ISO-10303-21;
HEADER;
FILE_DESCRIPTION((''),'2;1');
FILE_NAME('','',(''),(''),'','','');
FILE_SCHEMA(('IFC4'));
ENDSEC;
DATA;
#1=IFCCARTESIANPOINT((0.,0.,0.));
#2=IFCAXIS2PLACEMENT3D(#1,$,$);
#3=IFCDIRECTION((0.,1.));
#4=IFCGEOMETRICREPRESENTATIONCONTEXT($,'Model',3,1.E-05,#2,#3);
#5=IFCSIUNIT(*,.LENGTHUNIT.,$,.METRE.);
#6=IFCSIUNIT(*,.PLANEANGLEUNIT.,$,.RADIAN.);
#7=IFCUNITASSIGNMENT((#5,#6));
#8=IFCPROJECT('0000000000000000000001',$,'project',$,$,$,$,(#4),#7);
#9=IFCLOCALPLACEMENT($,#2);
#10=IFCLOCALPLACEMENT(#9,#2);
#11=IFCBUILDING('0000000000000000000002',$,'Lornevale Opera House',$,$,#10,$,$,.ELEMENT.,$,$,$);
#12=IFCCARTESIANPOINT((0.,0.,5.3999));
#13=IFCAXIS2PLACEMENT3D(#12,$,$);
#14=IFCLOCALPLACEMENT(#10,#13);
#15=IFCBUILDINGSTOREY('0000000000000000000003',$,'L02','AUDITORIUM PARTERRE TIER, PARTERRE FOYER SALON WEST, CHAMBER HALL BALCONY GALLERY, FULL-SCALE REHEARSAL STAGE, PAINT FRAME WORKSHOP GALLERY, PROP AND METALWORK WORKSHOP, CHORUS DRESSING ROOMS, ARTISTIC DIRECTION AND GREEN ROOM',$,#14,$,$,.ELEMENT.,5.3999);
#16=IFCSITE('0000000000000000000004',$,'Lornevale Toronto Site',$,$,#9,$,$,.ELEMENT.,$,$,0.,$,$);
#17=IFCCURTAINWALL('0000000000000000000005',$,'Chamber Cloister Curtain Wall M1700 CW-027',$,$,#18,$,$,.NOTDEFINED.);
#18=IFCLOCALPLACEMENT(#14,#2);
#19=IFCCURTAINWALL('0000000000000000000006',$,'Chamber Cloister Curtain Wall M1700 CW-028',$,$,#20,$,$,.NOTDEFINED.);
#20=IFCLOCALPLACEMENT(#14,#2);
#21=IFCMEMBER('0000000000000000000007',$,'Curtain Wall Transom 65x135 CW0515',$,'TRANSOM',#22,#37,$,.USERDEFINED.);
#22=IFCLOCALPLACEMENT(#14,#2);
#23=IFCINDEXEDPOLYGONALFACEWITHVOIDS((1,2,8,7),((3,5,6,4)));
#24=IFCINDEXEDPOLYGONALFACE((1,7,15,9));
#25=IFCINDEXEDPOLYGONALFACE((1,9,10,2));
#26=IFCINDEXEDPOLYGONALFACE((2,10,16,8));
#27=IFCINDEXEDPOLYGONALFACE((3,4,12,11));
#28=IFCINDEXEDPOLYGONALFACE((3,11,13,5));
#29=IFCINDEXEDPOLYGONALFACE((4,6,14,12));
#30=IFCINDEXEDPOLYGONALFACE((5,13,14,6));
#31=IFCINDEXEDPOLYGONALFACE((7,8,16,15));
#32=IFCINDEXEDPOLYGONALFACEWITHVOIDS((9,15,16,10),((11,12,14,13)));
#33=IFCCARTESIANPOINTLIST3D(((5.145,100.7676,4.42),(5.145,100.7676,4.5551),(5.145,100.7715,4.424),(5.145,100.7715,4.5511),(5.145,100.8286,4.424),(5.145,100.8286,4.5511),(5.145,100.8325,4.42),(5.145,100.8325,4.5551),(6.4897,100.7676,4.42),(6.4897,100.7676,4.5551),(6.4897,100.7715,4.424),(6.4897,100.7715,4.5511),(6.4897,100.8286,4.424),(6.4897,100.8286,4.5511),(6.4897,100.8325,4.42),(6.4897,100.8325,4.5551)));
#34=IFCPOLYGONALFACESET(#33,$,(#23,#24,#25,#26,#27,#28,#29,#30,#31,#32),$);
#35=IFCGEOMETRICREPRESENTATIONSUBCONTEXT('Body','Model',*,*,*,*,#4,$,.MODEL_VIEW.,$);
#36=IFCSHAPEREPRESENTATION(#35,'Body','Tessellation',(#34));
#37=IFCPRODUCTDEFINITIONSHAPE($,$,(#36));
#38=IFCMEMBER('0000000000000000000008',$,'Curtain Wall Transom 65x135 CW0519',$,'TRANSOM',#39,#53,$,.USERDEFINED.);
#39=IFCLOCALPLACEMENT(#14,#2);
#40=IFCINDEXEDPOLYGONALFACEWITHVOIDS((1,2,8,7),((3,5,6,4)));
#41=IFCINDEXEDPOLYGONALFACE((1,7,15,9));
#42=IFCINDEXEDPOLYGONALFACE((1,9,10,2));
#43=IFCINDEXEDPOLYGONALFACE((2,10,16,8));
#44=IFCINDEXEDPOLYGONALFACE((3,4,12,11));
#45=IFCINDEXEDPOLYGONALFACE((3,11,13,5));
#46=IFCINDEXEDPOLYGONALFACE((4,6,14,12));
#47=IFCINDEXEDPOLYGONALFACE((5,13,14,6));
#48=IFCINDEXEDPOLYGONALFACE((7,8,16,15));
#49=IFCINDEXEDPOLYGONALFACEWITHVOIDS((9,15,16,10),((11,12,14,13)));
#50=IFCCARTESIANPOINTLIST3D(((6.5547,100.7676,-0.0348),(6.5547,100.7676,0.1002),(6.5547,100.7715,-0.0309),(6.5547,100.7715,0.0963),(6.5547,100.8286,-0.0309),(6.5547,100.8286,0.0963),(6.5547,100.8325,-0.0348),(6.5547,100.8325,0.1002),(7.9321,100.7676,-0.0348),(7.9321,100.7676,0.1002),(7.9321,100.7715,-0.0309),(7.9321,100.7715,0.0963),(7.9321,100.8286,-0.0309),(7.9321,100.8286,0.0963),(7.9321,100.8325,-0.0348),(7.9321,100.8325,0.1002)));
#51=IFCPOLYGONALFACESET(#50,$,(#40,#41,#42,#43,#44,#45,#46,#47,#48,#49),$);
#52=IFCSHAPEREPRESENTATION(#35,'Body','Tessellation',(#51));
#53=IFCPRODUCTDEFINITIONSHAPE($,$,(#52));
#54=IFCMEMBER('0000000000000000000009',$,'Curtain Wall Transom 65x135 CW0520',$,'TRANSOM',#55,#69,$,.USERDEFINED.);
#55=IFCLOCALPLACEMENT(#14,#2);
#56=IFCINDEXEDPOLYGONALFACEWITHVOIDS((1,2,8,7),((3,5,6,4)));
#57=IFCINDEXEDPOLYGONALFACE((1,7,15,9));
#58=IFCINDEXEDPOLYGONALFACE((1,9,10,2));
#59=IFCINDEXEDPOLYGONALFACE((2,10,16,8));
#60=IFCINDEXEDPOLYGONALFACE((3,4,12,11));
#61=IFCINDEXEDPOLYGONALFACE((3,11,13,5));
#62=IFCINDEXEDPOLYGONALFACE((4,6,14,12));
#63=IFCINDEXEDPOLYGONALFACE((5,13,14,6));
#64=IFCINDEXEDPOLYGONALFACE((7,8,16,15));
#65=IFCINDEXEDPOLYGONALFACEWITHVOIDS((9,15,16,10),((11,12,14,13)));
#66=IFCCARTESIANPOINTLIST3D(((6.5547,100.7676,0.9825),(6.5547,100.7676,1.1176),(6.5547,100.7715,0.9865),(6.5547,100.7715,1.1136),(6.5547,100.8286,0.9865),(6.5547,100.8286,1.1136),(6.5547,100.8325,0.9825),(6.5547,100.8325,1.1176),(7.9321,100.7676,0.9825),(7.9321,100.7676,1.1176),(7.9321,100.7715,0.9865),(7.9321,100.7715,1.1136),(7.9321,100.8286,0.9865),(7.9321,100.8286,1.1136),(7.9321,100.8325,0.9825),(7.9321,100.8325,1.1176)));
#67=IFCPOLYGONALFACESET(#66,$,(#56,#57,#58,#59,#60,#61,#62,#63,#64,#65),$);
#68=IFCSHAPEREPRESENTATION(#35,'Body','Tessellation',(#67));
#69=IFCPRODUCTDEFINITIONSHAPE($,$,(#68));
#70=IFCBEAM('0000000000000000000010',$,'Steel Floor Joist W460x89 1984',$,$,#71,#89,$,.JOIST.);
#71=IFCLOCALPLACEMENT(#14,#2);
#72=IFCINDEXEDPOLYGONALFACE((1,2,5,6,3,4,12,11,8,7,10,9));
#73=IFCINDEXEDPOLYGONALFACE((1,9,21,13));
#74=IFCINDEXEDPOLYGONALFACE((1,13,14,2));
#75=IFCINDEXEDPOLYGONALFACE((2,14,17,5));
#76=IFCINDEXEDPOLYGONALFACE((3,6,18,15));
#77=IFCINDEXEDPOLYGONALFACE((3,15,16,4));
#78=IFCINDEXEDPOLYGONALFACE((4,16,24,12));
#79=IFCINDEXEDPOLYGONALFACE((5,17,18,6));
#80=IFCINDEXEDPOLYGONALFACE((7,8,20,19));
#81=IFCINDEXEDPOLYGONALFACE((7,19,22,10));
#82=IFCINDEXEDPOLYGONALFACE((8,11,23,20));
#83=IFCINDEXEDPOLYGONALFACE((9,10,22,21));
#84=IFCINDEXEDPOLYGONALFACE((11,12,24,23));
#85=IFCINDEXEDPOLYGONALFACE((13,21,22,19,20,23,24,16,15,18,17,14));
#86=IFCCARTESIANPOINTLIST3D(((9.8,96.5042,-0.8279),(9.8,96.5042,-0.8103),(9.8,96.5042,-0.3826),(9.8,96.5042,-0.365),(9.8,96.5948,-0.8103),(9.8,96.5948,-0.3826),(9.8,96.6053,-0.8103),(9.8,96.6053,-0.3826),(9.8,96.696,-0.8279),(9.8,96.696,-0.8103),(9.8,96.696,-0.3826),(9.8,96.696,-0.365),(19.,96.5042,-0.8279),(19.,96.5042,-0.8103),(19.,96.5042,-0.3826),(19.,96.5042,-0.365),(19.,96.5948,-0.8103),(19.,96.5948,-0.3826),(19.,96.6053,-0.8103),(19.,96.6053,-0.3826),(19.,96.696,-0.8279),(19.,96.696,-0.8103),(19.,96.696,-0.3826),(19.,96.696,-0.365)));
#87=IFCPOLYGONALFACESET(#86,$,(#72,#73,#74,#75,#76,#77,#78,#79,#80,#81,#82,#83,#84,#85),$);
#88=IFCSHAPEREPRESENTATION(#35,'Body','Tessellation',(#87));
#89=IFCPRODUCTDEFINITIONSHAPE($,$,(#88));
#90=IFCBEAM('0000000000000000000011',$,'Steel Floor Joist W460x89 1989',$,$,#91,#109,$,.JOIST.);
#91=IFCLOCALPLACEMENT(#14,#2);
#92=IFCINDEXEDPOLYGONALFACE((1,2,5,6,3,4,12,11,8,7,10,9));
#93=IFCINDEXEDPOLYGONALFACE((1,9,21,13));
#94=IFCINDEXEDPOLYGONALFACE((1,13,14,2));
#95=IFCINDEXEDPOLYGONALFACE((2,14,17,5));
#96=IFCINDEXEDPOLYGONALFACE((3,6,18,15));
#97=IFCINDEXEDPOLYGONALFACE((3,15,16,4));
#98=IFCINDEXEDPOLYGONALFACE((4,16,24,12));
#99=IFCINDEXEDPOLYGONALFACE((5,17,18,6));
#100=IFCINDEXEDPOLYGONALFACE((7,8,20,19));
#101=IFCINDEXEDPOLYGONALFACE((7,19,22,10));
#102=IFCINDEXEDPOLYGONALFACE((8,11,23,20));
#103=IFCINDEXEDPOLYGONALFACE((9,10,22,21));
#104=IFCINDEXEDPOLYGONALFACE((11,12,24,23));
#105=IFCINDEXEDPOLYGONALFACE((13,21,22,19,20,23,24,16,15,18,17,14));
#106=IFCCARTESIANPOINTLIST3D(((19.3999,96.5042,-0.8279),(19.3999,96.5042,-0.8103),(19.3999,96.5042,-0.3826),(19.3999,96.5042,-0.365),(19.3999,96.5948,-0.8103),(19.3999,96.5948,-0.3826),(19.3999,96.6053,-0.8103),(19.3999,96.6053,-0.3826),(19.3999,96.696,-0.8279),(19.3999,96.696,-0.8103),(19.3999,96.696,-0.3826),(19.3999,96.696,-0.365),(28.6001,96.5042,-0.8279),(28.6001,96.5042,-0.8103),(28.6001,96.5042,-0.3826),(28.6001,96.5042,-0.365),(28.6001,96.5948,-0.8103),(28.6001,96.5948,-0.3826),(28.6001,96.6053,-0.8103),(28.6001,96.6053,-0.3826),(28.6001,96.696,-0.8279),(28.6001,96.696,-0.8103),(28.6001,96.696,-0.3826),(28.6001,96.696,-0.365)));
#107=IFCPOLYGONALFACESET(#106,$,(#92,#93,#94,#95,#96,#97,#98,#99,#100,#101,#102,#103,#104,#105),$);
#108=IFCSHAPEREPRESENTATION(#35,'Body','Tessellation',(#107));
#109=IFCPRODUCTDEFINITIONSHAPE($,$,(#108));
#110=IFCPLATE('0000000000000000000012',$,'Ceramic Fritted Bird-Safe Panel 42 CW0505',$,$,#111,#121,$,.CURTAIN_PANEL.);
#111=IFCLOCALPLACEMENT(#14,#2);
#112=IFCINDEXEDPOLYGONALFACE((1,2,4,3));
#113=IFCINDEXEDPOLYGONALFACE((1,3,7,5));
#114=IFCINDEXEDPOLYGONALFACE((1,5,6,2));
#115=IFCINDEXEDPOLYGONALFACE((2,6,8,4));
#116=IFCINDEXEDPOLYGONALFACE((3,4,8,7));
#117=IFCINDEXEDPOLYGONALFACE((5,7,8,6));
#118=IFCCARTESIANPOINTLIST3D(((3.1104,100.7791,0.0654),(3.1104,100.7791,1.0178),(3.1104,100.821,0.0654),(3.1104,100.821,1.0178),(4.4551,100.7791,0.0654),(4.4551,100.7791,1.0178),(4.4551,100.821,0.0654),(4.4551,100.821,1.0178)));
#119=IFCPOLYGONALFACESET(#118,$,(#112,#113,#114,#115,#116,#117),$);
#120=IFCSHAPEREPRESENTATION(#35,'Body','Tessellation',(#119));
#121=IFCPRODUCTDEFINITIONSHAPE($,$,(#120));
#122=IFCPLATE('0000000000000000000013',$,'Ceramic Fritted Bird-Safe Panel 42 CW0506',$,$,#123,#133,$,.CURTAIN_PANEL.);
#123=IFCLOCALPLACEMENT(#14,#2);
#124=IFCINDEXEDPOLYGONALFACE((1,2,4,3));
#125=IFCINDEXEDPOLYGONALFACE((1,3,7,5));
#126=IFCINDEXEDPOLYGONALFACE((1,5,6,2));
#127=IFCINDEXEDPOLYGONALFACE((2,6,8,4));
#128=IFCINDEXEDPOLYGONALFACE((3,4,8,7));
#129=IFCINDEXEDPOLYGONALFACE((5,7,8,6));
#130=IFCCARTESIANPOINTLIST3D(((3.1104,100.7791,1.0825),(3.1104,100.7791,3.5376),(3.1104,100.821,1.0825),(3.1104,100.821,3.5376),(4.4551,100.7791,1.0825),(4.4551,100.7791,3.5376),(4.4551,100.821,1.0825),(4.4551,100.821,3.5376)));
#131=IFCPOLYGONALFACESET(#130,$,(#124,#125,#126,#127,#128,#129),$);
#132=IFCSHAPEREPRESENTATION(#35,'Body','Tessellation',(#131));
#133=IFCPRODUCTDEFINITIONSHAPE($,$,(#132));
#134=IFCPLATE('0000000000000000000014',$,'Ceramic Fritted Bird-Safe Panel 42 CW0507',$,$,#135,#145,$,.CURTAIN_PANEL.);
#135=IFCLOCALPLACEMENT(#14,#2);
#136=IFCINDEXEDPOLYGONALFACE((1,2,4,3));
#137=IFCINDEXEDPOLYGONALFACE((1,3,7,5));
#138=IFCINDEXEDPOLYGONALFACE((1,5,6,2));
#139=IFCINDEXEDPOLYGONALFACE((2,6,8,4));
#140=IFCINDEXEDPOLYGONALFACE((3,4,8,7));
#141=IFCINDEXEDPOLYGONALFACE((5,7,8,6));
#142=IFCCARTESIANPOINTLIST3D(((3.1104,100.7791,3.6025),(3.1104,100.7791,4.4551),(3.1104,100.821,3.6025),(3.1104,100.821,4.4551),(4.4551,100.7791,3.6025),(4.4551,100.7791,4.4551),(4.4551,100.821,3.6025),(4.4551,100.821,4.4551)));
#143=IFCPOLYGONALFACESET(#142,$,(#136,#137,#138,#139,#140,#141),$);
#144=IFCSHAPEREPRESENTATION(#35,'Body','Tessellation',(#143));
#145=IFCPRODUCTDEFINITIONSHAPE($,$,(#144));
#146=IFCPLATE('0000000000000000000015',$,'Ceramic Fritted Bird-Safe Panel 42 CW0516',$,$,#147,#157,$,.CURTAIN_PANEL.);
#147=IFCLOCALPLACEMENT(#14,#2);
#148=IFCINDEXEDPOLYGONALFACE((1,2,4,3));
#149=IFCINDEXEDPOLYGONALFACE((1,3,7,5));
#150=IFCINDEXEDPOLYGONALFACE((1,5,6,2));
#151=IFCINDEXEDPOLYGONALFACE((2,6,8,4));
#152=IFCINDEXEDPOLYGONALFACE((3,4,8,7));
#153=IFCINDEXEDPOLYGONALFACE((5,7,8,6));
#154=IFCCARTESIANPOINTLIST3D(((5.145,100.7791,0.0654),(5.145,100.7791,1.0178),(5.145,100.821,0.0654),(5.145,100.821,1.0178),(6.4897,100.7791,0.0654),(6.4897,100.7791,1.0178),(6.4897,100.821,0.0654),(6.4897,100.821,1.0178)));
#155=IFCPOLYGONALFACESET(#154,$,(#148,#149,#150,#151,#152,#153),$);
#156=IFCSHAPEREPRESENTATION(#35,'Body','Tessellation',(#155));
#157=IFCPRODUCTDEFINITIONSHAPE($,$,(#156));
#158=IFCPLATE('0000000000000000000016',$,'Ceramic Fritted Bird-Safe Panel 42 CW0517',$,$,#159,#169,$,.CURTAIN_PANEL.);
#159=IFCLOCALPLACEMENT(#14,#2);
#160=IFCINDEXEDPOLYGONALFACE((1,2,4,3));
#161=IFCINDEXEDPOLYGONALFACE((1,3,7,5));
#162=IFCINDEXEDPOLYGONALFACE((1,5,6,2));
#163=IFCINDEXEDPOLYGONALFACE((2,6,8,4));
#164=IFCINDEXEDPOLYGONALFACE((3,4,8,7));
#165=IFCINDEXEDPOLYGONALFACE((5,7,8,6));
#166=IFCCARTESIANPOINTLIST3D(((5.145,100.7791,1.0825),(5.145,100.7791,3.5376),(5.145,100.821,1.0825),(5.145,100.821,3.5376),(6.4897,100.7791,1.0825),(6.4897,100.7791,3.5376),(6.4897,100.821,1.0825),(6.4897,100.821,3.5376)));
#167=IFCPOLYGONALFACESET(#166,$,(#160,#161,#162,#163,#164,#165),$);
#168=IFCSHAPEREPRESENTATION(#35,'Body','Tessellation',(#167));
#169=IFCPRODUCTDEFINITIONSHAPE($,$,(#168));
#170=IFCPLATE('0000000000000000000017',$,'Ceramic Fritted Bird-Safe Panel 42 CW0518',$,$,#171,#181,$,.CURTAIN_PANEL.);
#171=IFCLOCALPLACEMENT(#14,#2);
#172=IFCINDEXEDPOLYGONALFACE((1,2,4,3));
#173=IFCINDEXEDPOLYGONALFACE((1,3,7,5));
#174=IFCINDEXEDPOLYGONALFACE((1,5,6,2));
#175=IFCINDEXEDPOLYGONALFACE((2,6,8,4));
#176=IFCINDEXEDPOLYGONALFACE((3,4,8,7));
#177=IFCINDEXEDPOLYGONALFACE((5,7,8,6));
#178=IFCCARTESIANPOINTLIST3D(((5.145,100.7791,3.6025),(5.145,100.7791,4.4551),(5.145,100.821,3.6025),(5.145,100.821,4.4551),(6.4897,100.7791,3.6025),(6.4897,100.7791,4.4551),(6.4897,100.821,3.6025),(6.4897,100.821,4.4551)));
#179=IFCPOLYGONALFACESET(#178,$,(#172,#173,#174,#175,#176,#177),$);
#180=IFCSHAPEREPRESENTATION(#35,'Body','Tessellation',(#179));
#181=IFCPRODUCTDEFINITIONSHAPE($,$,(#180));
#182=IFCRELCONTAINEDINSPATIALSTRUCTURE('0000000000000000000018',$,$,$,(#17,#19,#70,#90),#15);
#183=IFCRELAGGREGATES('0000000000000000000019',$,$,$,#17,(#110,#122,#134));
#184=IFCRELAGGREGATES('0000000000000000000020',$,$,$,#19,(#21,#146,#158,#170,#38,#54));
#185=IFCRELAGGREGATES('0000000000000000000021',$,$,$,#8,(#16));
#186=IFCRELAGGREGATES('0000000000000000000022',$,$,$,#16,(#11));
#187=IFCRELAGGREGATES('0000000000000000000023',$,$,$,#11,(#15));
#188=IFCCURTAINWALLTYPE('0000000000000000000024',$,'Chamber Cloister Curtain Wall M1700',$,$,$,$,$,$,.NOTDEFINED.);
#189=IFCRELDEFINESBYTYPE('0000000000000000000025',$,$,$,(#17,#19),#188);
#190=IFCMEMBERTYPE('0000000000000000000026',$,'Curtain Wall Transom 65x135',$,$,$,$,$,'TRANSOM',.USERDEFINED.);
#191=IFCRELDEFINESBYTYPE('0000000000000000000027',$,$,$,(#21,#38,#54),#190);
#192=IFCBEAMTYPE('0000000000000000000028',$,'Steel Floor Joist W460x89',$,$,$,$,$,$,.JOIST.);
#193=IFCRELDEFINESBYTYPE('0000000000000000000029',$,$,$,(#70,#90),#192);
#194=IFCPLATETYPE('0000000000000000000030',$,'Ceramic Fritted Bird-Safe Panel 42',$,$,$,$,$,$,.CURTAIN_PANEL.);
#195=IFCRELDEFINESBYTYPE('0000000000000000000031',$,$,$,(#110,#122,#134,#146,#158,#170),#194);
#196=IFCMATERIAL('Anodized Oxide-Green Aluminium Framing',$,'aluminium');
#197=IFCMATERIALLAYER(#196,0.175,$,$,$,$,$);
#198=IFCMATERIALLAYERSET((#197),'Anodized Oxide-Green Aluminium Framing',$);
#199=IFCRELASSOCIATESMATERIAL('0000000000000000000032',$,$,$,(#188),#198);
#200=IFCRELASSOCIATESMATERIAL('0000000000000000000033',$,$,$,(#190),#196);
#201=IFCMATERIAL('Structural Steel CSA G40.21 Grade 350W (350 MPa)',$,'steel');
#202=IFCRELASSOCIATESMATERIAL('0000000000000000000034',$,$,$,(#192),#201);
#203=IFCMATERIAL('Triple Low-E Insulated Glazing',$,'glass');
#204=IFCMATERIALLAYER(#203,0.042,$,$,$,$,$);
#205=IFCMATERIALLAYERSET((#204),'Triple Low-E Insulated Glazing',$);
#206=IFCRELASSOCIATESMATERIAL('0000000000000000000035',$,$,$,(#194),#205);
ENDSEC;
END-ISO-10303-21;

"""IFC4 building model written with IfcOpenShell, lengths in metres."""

from ifc_helpers import new_model, si_unit, direction, frame, origin, origin_2d, place, context, subcontext, project, spatial, rectangle, hollow_rectangle, i_section, extrude, material, layer, layer_set, material_profile, profile_set, type_object, element, aggregate, save


model = new_model("IFC4")

# Units and contexts
model_context = context("Model", 3, precision=1e-05, world=origin(), true_north=direction((0.0, 1.0)))
body_context = subcontext(model_context, "Body", "Model", "MODEL_VIEW")
ifc_project = project(units=[si_unit("LENGTHUNIT", "METRE"), si_unit("PLANEANGLEUNIT", "RADIAN")], contexts=[model_context])

# Site, building, storey
site_placement = place(None, origin())
site = spatial("IfcSite", under=ifc_project, at=site_placement, Name="Lornevale Toronto Site", CompositionType="ELEMENT", RefElevation=0.0)
building_placement = place(site_placement, origin())
building = spatial("IfcBuilding", under=site, at=building_placement, Name="Lornevale Opera House", CompositionType="ELEMENT")
storey_placement = place(building_placement, frame((0.0, 0.0, 5.3999)))
storey = spatial("IfcBuildingStorey", under=building, at=storey_placement, Name="L02", Description="AUDITORIUM PARTERRE TIER, PARTERRE FOYER SALON WEST, CHAMBER HALL BALCONY GALLERY, FULL-SCALE REHEARSAL STAGE, PAINT FRAME WORKSHOP GALLERY, PROP AND METALWORK WORKSHOP, CHORUS DRESSING ROOMS, ARTISTIC DIRECTION AND GREEN ROOM", CompositionType="ELEMENT", Elevation=5.3999)

# Curtain wall
ifc_material_1 = material(Name="Anodized Oxide-Green Aluminium Framing", Category="aluminium")
ifc_layer_1 = layer(ifc_material_1, 0.175)
ifc_layer_set_1 = layer_set([ifc_layer_1], Name="Anodized Oxide-Green Aluminium Framing")
curtain_wall_type = type_object("IfcCurtainWallType", Name="Chamber Cloister Curtain Wall M1700", PredefinedType="NOTDEFINED", material=ifc_layer_set_1)
curtain_wall_1_placement = place(storey_placement, origin())
curtain_wall_1 = element("IfcCurtainWall", 1, at=curtain_wall_1_placement, inside=storey, type_object=curtain_wall_type, Name="Chamber Cloister Curtain Wall M1700 CW-027", PredefinedType="NOTDEFINED")

# Curtain wall
curtain_wall_2_placement = place(storey_placement, origin())
curtain_wall_2 = element("IfcCurtainWall", 2, at=curtain_wall_2_placement, inside=storey, type_object=curtain_wall_type, Name="Chamber Cloister Curtain Wall M1700 CW-028", PredefinedType="NOTDEFINED")

# Members
ifc_material_profile_1 = material_profile(ifc_material_1, hollow_rectangle(XDim=0.0649, YDim=0.135, WallThickness=0.0039, at=origin_2d()), Name="ALU65x135x4")
ifc_profile_set_1 = profile_set([ifc_material_profile_1], Name="Anodized Oxide-Green Aluminium Framing")
member_type_1 = type_object("IfcMemberType", Name="Curtain Wall Transom 65x135", ElementType="TRANSOM", PredefinedType="USERDEFINED", material=ifc_profile_set_1)
member_1_placement = place(storey_placement, frame((5.145, 100.8, 4.4875), z_axis=(1.0, 0.0, 0.0), x_axis=(0.0, 1.0, 0.0)))
member_1 = element("IfcMember", 3, at=member_1_placement, type_object=member_type_1, Name="Curtain Wall Transom 65x135 CW0515", ObjectType="TRANSOM", PredefinedType="USERDEFINED", context=body_context, shape_type="SweptSolid", body=[
    extrude(hollow_rectangle(XDim=0.0649, YDim=0.135, WallThickness=0.0039, at=origin_2d()), origin(), (0.0, 0.0, 1.0), 1.3447),
])
member_2_placement = place(storey_placement, frame((6.5547, 100.8, 0.0327), z_axis=(1.0, 0.0, 0.0), x_axis=(0.0, 1.0, 0.0)))
member_2 = element("IfcMember", 4, at=member_2_placement, type_object=member_type_1, Name="Curtain Wall Transom 65x135 CW0519", ObjectType="TRANSOM", PredefinedType="USERDEFINED", context=body_context, shape_type="SweptSolid", body=[
    extrude(hollow_rectangle(XDim=0.0649, YDim=0.135, WallThickness=0.0039, at=origin_2d()), origin(), (0.0, 0.0, 1.0), 1.3774),
])
member_3_placement = place(storey_placement, frame((6.5547, 100.8, 1.05), z_axis=(1.0, 0.0, 0.0), x_axis=(0.0, 1.0, 0.0)))
member_3 = element("IfcMember", 5, at=member_3_placement, type_object=member_type_1, Name="Curtain Wall Transom 65x135 CW0520", ObjectType="TRANSOM", PredefinedType="USERDEFINED", context=body_context, shape_type="SweptSolid", body=[
    extrude(hollow_rectangle(XDim=0.0649, YDim=0.135, WallThickness=0.0039, at=origin_2d()), origin(), (0.0, 0.0, 1.0), 1.3774),
])

# Beams
ifc_material_2 = material(Name="Structural Steel CSA G40.21 Grade 350W (350 MPa)", Category="steel")
ifc_material_profile_2 = material_profile(ifc_material_2, i_section(OverallWidth=0.1919, OverallDepth=0.4629, WebThickness=0.0105, FlangeThickness=0.0176, at=origin_2d()), Name="W460x89")
ifc_profile_set_2 = profile_set([ifc_material_profile_2], Name="Structural Steel CSA G40.21 Grade 350W (350 MPa)")
beam_type_1 = type_object("IfcBeamType", Name="Steel Floor Joist W460x89", PredefinedType="JOIST", material=ifc_profile_set_2)
beam_1_placement = place(storey_placement, frame((9.8, 96.6001, -0.5964), z_axis=(1.0, 0.0, 0.0), x_axis=(0.0, 1.0, 0.0)))
element("IfcBeam", 6, at=beam_1_placement, inside=storey, type_object=beam_type_1, Name="Steel Floor Joist W460x89 1984", PredefinedType="JOIST", context=body_context, shape_type="SweptSolid", body=[
    extrude(i_section(OverallWidth=0.1919, OverallDepth=0.4629, WebThickness=0.0105, FlangeThickness=0.0176, at=origin_2d()), origin(), (0.0, 0.0, 1.0), 9.2),
])
beam_2_placement = place(storey_placement, frame((19.3999, 96.6001, -0.5964), z_axis=(1.0, 0.0, 0.0), x_axis=(0.0, 1.0, 0.0)))
element("IfcBeam", 7, at=beam_2_placement, inside=storey, type_object=beam_type_1, Name="Steel Floor Joist W460x89 1989", PredefinedType="JOIST", context=body_context, shape_type="SweptSolid", body=[
    extrude(i_section(OverallWidth=0.1919, OverallDepth=0.4629, WebThickness=0.0105, FlangeThickness=0.0176, at=origin_2d()), origin(), (0.0, 0.0, 1.0), 9.2002),
])

# Plates
ifc_material_3 = material(Name="Triple Low-E Insulated Glazing", Category="glass")
ifc_layer_2 = layer(ifc_material_3, 0.042)
ifc_layer_set_2 = layer_set([ifc_layer_2], Name="Triple Low-E Insulated Glazing")
plate_type = type_object("IfcPlateType", Name="Ceramic Fritted Bird-Safe Panel 42", PredefinedType="CURTAIN_PANEL", material=ifc_layer_set_2)
plate_1_placement = place(storey_placement, frame((3.7827, 100.8, 0.0654), z_axis=(0.0, 0.0, 1.0), x_axis=(1.0, 0.0, 0.0)))
plate_1 = element("IfcPlate", 8, at=plate_1_placement, type_object=plate_type, Name="Ceramic Fritted Bird-Safe Panel 42 CW0505", PredefinedType="CURTAIN_PANEL", context=body_context, shape_type="SweptSolid", body=[
    extrude(rectangle(XDim=1.3447, YDim=0.042, at=origin_2d()), origin(), (0.0, 0.0, 1.0), 0.9524),
])
plate_2_placement = place(storey_placement, frame((3.7827, 100.8, 1.0825), z_axis=(0.0, 0.0, 1.0), x_axis=(1.0, 0.0, 0.0)))
plate_2 = element("IfcPlate", 9, at=plate_2_placement, type_object=plate_type, Name="Ceramic Fritted Bird-Safe Panel 42 CW0506", PredefinedType="CURTAIN_PANEL", context=body_context, shape_type="SweptSolid", body=[
    extrude(rectangle(XDim=1.3447, YDim=0.042, at=origin_2d()), origin(), (0.0, 0.0, 1.0), 2.4551),
])
plate_3_placement = place(storey_placement, frame((3.7827, 100.8, 3.6025), z_axis=(0.0, 0.0, 1.0), x_axis=(1.0, 0.0, 0.0)))
plate_3 = element("IfcPlate", 10, at=plate_3_placement, type_object=plate_type, Name="Ceramic Fritted Bird-Safe Panel 42 CW0507", PredefinedType="CURTAIN_PANEL", context=body_context, shape_type="SweptSolid", body=[
    extrude(rectangle(XDim=1.3447, YDim=0.042, at=origin_2d()), origin(), (0.0, 0.0, 1.0), 0.8525),
])
aggregate(curtain_wall_1, [plate_1, plate_2, plate_3])
plate_4_placement = place(storey_placement, frame((5.8174, 100.8, 0.0654), z_axis=(0.0, 0.0, 1.0), x_axis=(1.0, 0.0, 0.0)))
plate_4 = element("IfcPlate", 11, at=plate_4_placement, type_object=plate_type, Name="Ceramic Fritted Bird-Safe Panel 42 CW0516", PredefinedType="CURTAIN_PANEL", context=body_context, shape_type="SweptSolid", body=[
    extrude(rectangle(XDim=1.3447, YDim=0.042, at=origin_2d()), origin(), (0.0, 0.0, 1.0), 0.9524),
])
plate_5_placement = place(storey_placement, frame((5.8174, 100.8, 1.0825), z_axis=(0.0, 0.0, 1.0), x_axis=(1.0, 0.0, 0.0)))
plate_5 = element("IfcPlate", 12, at=plate_5_placement, type_object=plate_type, Name="Ceramic Fritted Bird-Safe Panel 42 CW0517", PredefinedType="CURTAIN_PANEL", context=body_context, shape_type="SweptSolid", body=[
    extrude(rectangle(XDim=1.3447, YDim=0.042, at=origin_2d()), origin(), (0.0, 0.0, 1.0), 2.4551),
])
plate_6_placement = place(storey_placement, frame((5.8174, 100.8, 3.6025), z_axis=(0.0, 0.0, 1.0), x_axis=(1.0, 0.0, 0.0)))
plate_6 = element("IfcPlate", 13, at=plate_6_placement, type_object=plate_type, Name="Ceramic Fritted Bird-Safe Panel 42 CW0518", PredefinedType="CURTAIN_PANEL", context=body_context, shape_type="SweptSolid", body=[
    extrude(rectangle(XDim=1.3447, YDim=0.042, at=origin_2d()), origin(), (0.0, 0.0, 1.0), 0.8525),
])
aggregate(curtain_wall_2, [member_1, plate_4, plate_5, plate_6, member_2, member_3])

save(model, "model.ifc")
